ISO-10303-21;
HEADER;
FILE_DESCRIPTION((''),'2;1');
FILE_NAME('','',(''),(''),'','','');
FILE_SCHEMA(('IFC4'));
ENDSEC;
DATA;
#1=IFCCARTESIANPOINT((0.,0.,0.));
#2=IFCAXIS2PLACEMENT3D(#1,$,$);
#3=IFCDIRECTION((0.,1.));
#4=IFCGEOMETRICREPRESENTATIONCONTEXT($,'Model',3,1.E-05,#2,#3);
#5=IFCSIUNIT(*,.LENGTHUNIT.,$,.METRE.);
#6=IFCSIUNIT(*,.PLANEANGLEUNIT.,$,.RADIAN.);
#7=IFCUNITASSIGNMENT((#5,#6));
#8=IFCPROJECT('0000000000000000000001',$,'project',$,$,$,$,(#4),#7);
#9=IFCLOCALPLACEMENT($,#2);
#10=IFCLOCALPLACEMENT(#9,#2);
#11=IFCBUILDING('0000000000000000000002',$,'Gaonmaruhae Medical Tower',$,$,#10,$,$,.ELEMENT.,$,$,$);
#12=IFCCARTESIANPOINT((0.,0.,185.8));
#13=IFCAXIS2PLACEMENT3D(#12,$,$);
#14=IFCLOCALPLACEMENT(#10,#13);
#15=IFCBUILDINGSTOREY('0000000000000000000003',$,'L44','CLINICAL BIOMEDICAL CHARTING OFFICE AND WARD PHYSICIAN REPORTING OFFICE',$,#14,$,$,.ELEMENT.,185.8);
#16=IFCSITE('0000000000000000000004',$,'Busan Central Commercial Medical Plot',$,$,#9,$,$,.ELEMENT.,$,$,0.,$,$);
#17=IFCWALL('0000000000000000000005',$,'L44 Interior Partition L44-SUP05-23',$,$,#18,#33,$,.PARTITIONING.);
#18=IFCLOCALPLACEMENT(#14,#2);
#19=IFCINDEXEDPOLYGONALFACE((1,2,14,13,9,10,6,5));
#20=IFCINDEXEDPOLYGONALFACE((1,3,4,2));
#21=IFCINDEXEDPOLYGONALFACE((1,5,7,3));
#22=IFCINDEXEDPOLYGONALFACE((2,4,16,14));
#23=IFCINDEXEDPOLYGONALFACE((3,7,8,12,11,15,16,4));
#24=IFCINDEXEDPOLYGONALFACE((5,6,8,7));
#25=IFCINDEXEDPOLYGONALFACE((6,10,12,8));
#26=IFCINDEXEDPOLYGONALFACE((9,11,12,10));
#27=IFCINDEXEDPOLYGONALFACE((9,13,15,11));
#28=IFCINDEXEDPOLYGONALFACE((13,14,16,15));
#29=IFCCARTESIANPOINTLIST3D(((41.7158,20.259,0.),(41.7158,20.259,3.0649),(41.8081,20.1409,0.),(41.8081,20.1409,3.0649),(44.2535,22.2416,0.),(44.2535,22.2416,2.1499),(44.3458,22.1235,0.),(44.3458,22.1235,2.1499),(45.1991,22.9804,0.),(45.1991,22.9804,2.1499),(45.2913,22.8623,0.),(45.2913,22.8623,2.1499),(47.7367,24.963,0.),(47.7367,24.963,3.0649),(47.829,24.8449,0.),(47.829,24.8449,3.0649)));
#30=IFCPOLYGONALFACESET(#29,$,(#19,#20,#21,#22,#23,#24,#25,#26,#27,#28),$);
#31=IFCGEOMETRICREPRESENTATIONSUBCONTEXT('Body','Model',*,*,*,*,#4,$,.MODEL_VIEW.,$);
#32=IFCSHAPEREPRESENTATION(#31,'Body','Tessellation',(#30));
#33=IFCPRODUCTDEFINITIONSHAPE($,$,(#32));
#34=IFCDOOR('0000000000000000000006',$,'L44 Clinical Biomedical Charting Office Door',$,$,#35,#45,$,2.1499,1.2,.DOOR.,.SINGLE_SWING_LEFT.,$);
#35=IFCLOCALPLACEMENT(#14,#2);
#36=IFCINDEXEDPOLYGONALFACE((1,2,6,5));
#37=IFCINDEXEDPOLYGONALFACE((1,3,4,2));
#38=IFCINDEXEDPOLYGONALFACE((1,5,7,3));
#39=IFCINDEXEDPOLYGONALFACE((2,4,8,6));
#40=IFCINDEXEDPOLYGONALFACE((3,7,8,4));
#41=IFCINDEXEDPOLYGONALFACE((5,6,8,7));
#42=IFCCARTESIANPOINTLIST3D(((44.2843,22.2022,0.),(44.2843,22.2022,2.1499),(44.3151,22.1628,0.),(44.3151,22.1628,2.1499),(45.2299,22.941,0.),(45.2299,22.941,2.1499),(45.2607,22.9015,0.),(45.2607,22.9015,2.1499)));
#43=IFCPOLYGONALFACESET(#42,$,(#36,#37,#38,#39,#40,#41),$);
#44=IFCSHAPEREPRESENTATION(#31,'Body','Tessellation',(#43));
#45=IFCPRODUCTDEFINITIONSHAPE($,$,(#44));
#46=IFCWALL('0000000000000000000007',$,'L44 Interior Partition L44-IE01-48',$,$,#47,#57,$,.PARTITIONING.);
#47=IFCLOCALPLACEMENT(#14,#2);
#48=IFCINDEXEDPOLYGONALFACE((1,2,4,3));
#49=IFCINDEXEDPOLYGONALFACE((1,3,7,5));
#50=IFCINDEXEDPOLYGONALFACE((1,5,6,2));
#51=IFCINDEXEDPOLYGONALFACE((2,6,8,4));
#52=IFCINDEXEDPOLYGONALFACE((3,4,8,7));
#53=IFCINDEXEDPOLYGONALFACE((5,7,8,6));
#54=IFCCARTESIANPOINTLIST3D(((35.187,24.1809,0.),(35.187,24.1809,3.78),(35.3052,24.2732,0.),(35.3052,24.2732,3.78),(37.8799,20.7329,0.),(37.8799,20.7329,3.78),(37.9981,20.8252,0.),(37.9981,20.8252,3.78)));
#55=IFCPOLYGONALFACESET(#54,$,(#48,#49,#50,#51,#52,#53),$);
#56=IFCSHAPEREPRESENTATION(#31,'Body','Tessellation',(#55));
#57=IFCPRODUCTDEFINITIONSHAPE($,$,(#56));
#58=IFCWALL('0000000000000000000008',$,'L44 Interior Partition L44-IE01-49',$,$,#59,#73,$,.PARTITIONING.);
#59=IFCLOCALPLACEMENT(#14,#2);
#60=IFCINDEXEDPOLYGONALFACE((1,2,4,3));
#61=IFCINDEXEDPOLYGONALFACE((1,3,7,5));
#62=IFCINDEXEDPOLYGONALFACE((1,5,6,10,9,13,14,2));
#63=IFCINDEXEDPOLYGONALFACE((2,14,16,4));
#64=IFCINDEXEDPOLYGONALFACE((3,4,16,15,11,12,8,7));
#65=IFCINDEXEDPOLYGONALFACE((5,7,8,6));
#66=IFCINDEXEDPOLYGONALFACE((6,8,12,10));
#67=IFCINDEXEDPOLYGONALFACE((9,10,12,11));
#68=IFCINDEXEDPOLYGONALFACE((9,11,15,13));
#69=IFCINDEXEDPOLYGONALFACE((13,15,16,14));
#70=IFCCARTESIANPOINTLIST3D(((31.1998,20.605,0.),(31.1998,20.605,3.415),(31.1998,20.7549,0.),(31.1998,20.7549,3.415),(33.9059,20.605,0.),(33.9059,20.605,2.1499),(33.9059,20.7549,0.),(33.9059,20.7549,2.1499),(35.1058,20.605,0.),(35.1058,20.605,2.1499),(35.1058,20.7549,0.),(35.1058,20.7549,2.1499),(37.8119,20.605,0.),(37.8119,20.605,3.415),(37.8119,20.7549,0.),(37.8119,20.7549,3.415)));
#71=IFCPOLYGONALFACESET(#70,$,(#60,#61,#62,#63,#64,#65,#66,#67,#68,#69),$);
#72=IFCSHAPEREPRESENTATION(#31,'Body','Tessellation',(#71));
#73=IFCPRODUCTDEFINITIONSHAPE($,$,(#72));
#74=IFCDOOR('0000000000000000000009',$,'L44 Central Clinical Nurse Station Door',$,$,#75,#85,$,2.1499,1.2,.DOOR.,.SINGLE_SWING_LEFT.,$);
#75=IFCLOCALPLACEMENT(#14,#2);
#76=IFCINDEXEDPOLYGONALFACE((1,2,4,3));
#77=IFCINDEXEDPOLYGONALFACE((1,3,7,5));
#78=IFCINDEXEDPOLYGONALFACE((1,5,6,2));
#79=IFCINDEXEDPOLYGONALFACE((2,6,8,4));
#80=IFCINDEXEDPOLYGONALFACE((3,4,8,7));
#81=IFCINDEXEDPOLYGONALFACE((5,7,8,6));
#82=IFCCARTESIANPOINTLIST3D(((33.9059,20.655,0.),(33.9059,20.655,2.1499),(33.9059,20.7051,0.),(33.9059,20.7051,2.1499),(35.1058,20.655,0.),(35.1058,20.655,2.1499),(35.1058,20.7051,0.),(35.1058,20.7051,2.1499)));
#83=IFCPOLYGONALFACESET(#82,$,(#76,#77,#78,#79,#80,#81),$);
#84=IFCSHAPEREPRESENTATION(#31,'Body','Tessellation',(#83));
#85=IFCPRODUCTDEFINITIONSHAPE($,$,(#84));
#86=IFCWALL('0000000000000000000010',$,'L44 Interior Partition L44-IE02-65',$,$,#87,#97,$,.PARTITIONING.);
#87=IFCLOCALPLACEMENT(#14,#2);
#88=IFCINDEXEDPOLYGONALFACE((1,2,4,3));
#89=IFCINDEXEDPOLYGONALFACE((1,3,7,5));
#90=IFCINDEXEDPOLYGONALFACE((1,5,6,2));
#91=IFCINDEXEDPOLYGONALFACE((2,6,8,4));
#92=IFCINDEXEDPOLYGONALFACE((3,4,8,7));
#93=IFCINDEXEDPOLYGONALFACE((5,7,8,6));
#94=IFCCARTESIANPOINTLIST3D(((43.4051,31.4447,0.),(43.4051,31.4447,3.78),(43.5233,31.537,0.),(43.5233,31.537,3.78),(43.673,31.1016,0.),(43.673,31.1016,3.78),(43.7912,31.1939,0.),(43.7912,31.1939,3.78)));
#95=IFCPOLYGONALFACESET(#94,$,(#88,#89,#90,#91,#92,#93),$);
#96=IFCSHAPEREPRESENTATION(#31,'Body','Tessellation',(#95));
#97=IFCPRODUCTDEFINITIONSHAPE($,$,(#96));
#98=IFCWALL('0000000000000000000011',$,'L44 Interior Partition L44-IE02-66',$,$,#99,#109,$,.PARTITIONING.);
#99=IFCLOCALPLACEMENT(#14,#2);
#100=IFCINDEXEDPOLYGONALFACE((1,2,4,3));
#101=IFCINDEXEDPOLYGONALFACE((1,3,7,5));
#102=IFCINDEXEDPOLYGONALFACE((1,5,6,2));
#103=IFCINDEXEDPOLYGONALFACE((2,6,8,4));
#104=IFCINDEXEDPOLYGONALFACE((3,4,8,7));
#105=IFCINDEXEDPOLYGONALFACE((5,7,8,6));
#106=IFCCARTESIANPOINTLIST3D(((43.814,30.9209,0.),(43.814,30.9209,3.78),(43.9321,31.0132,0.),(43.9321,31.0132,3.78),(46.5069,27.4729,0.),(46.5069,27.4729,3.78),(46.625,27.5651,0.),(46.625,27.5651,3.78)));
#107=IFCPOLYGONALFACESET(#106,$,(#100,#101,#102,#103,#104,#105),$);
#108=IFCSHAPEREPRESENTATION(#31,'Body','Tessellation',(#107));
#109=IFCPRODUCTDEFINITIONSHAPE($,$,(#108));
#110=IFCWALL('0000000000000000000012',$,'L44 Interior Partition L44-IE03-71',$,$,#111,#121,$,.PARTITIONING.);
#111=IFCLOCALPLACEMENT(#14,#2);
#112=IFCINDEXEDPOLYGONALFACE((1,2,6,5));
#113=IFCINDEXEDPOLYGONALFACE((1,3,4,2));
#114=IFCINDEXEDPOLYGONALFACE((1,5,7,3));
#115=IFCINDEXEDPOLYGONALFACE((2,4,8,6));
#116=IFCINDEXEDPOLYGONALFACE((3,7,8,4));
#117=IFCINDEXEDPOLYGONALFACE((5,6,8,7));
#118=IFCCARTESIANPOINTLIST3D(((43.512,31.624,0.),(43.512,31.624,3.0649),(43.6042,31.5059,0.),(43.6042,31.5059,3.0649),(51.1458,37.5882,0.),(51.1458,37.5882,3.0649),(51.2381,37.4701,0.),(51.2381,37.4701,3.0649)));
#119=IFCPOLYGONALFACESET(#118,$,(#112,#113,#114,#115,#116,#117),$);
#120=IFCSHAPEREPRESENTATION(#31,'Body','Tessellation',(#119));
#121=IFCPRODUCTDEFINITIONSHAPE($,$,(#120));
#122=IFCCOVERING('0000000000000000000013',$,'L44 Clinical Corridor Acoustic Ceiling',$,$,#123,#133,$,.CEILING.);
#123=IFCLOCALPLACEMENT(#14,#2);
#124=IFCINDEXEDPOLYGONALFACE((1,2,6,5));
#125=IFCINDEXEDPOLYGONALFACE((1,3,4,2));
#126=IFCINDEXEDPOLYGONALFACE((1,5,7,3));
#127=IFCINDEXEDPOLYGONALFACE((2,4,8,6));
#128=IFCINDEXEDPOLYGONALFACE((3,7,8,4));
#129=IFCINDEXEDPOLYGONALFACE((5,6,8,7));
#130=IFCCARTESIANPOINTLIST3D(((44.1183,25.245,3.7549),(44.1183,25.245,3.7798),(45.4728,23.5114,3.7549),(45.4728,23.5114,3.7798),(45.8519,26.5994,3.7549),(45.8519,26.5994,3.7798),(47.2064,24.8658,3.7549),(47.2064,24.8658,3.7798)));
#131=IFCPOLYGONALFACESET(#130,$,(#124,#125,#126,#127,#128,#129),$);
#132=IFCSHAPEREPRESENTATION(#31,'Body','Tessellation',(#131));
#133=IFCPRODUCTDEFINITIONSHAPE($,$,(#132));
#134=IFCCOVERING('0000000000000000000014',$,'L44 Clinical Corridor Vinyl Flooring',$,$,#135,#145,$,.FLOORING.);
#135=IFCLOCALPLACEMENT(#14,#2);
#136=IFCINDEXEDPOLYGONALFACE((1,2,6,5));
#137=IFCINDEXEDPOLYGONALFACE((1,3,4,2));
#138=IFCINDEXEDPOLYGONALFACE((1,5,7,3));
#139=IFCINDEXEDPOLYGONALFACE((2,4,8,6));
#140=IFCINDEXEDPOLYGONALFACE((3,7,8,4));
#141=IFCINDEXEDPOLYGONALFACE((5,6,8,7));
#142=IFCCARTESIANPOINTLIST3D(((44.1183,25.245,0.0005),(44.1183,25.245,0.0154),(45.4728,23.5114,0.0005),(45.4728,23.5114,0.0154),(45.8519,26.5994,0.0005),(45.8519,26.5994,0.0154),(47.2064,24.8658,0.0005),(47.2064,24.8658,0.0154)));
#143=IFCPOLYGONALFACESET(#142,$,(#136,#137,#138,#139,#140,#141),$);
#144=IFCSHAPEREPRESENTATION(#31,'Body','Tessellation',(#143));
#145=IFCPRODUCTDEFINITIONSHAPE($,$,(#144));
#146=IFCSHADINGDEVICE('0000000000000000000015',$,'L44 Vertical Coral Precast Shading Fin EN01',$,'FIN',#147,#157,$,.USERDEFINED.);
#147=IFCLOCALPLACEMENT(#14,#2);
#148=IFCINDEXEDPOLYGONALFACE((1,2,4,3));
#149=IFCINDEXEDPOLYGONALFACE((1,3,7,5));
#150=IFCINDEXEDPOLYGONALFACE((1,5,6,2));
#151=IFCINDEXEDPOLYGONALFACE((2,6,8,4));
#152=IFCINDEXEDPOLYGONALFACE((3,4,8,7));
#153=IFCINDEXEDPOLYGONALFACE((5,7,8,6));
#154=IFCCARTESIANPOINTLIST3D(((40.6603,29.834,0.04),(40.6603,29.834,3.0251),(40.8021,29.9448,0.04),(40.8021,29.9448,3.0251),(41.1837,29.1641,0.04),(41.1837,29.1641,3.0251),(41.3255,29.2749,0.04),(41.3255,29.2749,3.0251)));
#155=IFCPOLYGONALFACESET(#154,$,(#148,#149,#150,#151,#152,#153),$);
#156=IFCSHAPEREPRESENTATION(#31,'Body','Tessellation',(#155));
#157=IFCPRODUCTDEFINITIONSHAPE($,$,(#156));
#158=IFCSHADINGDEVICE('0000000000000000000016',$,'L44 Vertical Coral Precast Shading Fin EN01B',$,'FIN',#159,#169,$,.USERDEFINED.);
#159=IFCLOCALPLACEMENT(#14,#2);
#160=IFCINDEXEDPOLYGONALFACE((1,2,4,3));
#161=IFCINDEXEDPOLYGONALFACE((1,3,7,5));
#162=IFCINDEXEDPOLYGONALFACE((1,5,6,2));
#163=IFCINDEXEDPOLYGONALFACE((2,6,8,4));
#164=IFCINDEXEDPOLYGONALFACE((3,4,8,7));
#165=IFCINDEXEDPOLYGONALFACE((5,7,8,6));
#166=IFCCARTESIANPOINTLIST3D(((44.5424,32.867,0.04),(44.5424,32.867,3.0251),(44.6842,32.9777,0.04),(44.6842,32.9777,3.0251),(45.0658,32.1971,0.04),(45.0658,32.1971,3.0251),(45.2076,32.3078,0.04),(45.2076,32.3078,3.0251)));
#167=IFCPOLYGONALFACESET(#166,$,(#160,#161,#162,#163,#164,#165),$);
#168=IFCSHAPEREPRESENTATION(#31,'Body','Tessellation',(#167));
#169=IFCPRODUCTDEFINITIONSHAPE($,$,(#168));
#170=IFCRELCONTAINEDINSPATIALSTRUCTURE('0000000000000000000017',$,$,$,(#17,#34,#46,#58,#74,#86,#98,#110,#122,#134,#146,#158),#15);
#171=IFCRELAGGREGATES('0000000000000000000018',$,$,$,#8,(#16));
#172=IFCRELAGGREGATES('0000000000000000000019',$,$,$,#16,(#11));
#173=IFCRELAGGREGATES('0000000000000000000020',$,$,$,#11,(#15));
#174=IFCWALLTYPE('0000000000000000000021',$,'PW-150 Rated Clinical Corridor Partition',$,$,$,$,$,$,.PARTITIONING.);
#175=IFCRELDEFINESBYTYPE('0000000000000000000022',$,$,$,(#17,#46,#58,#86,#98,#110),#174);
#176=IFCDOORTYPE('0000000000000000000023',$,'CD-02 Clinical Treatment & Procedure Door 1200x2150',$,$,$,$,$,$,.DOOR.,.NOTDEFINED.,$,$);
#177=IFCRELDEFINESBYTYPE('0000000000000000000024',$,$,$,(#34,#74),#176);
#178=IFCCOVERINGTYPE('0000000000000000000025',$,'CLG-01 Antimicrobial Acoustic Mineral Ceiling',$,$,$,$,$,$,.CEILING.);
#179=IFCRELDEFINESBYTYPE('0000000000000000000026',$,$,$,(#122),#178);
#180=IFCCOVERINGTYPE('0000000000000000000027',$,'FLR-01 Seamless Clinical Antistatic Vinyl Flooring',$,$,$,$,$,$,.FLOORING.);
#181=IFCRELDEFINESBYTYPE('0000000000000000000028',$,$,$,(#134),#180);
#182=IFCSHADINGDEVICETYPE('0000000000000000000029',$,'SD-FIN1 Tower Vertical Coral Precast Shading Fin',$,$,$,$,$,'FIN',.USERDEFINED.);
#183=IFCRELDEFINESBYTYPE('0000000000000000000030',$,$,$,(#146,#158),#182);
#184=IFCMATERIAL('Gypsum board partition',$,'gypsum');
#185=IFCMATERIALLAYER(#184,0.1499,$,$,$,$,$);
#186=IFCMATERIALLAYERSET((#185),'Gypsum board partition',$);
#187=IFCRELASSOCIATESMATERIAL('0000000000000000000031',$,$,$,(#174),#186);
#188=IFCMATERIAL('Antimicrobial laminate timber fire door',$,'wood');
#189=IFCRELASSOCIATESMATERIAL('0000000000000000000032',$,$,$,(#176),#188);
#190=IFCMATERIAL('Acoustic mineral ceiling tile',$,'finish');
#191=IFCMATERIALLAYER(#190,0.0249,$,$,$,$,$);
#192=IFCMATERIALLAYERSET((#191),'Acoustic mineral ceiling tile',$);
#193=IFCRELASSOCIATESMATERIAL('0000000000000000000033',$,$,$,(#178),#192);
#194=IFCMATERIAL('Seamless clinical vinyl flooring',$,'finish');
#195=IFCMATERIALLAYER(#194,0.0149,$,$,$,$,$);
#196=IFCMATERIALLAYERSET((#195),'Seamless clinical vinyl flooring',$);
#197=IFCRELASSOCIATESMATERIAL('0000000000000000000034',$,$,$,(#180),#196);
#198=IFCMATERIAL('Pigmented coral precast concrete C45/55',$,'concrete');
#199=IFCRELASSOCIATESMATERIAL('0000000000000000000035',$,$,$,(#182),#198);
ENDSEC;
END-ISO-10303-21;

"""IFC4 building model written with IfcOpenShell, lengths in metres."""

from ifc_helpers import new_model, si_unit, direction, frame, frame_2d, origin, origin_2d, place, context, subcontext, project, spatial, rectangle, extrude, material, layer, layer_set, type_object, element, fill, save


model = new_model("IFC4")

# Units and contexts
model_context = context("Model", 3, precision=1e-05, world=origin(), true_north=direction((0.0, 1.0)))
body_context = subcontext(model_context, "Body", "Model", "MODEL_VIEW")
ifc_project = project(units=[si_unit("LENGTHUNIT", "METRE"), si_unit("PLANEANGLEUNIT", "RADIAN")], contexts=[model_context])

# Site, building, storey
site_placement = place(None, origin())
site = spatial("IfcSite", under=ifc_project, at=site_placement, Name="Busan Central Commercial Medical Plot", CompositionType="ELEMENT", RefElevation=0.0)
building_placement = place(site_placement, origin())
building = spatial("IfcBuilding", under=site, at=building_placement, Name="Gaonmaruhae Medical Tower", CompositionType="ELEMENT")
storey_placement = place(building_placement, frame((0.0, 0.0, 185.8)))
storey = spatial("IfcBuildingStorey", under=building, at=storey_placement, Name="L44", Description="CLINICAL BIOMEDICAL CHARTING OFFICE AND WARD PHYSICIAN REPORTING OFFICE", CompositionType="ELEMENT", Elevation=185.8)

# Shared definitions
ifc_material_1 = material(Name="Gypsum board partition", Category="gypsum")
ifc_layer_1 = layer(ifc_material_1, 0.1499)
ifc_layer_set_1 = layer_set([ifc_layer_1], Name="Gypsum board partition")
wall_type_1 = type_object("IfcWallType", Name="PW-150 Rated Clinical Corridor Partition", PredefinedType="PARTITIONING", material=ifc_layer_set_1)

# Wall, opening, door
wall_1_placement = place(storey_placement, frame((41.762, 20.2, 0.0), z_axis=(0.0, 0.0, 1.0), x_axis=(0.788012, 0.61566, 0.0)))
wall_1 = element("IfcWall", 1, at=wall_1_placement, inside=storey, type_object=wall_type_1, Name="L44 Interior Partition L44-SUP05-23", PredefinedType="PARTITIONING", context=body_context, shape_type="SweptSolid", body=[
    extrude(rectangle(XDim=7.6406, YDim=0.1499, at=frame_2d((3.8203, 0.0))), origin(), (0.0, 0.0, 1.0), 3.0649),
])
opening_1_placement = place(wall_1_placement, frame((3.2202, 0.0, 0.0)))
opening_1 = element("IfcOpeningElement", 2, at=opening_1_placement, cuts=wall_1, PredefinedType="OPENING", context=body_context, shape_type="SweptSolid", body=[
    extrude(rectangle(XDim=1.2, YDim=2.1499, at=frame_2d((0.6001, 1.075))), frame((0.0, 0.085, 0.0), z_axis=(0.0, -1.0, 0.0), x_axis=(1.0, 0.0, 0.0)), (0.0, 0.0, 1.0), 0.1699),
])
ifc_material_2 = material(Name="Antimicrobial laminate timber fire door", Category="wood")
door_type = type_object("IfcDoorType", Name="CD-02 Clinical Treatment & Procedure Door 1200x2150", OperationType="NOTDEFINED", PredefinedType="DOOR", material=ifc_material_2)
door_1_placement = place(opening_1_placement, origin())
door_1 = element("IfcDoor", 3, at=door_1_placement, inside=storey, type_object=door_type, Name="L44 Clinical Biomedical Charting Office Door", OperationType="SINGLE_SWING_LEFT", OverallHeight=2.1499, OverallWidth=1.2, PredefinedType="DOOR", context=body_context, shape_type="SweptSolid", body=[
    extrude(rectangle(XDim=1.2, YDim=2.1499, at=frame_2d((0.6001, 1.075))), frame((0.0, 0.0249, 0.0), z_axis=(0.0, -1.0, 0.0), x_axis=(1.0, 0.0, 0.0)), (0.0, 0.0, 1.0), 0.05),
])
fill(opening_1, door_1)

# Wall
wall_2_placement = place(storey_placement, frame((35.2461, 24.2271, 0.0), z_axis=(0.0, 0.0, 1.0), x_axis=(0.615519, -0.788122, 0.0)))
element("IfcWall", 4, at=wall_2_placement, inside=storey, type_object=wall_type_1, Name="L44 Interior Partition L44-IE01-48", PredefinedType="PARTITIONING", context=body_context, shape_type="SweptSolid", body=[
    extrude(rectangle(XDim=4.375, YDim=0.1499, at=frame_2d((2.1875, 0.0))), origin(), (0.0, 0.0, 1.0), 3.78),
])

# Wall, opening, door
wall_3_placement = place(storey_placement, frame((37.812, 20.6799, 0.0), z_axis=(0.0, 0.0, 1.0), x_axis=(-1.0, 0.0, 0.0)))
wall_3 = element("IfcWall", 5, at=wall_3_placement, inside=storey, type_object=wall_type_1, Name="L44 Interior Partition L44-IE01-49", PredefinedType="PARTITIONING", context=body_context, shape_type="SweptSolid", body=[
    extrude(rectangle(XDim=6.6121, YDim=0.1499, at=frame_2d((3.3062, 0.0))), origin(), (0.0, 0.0, 1.0), 3.415),
])
opening_2_placement = place(wall_3_placement, frame((2.7061, 0.0, 0.0)))
opening_2 = element("IfcOpeningElement", 6, at=opening_2_placement, cuts=wall_3, PredefinedType="OPENING", context=body_context, shape_type="SweptSolid", body=[
    extrude(rectangle(XDim=1.2, YDim=2.1499, at=frame_2d((0.6001, 1.075))), frame((0.0, 0.085, 0.0), z_axis=(0.0, -1.0, 0.0), x_axis=(1.0, 0.0, 0.0)), (0.0, 0.0, 1.0), 0.1699),
])
door_2_placement = place(opening_2_placement, origin())
door_2 = element("IfcDoor", 7, at=door_2_placement, inside=storey, type_object=door_type, Name="L44 Central Clinical Nurse Station Door", OperationType="SINGLE_SWING_LEFT", OverallHeight=2.1499, OverallWidth=1.2, PredefinedType="DOOR", context=body_context, shape_type="SweptSolid", body=[
    extrude(rectangle(XDim=1.2, YDim=2.1499, at=frame_2d((0.6001, 1.075))), frame((0.0, 0.0249, 0.0), z_axis=(0.0, -1.0, 0.0), x_axis=(1.0, 0.0, 0.0)), (0.0, 0.0, 1.0), 0.05),
])
fill(opening_2, door_2)

# Walls
wall_4_placement = place(storey_placement, frame((43.4641, 31.491, 0.0), z_axis=(0.0, 0.0, 1.0), x_axis=(0.615415, -0.788203, 0.0)))
element("IfcWall", 8, at=wall_4_placement, inside=storey, type_object=wall_type_1, Name="L44 Interior Partition L44-IE02-65", PredefinedType="PARTITIONING", context=body_context, shape_type="SweptSolid", body=[
    extrude(rectangle(XDim=0.4353, YDim=0.1499, at=frame_2d((0.2178, 0.0))), origin(), (0.0, 0.0, 1.0), 3.78),
])
wall_5_placement = place(storey_placement, frame((43.873, 30.967, 0.0), z_axis=(0.0, 0.0, 1.0), x_axis=(0.615519, -0.788122, 0.0)))
element("IfcWall", 9, at=wall_5_placement, inside=storey, type_object=wall_type_1, Name="L44 Interior Partition L44-IE02-66", PredefinedType="PARTITIONING", context=body_context, shape_type="SweptSolid", body=[
    extrude(rectangle(XDim=4.375, YDim=0.1499, at=frame_2d((2.1875, 0.0))), origin(), (0.0, 0.0, 1.0), 3.78),
])
wall_6_placement = place(storey_placement, frame((43.5581, 31.5649, 0.0), z_axis=(0.0, 0.0, 1.0), x_axis=(0.788014, 0.615658, 0.0)))
element("IfcWall", 10, at=wall_6_placement, inside=storey, type_object=wall_type_1, Name="L44 Interior Partition L44-IE03-71", PredefinedType="PARTITIONING", context=body_context, shape_type="SweptSolid", body=[
    extrude(rectangle(XDim=9.6875, YDim=0.1499, at=frame_2d((4.8438, 0.0))), origin(), (0.0, 0.0, 1.0), 3.0649),
])

# Coverings
ifc_material_3 = material(Name="Acoustic mineral ceiling tile", Category="finish")
ifc_layer_2 = layer(ifc_material_3, 0.0249)
ifc_layer_set_2 = layer_set([ifc_layer_2], Name="Acoustic mineral ceiling tile")
covering_type_1 = type_object("IfcCoveringType", Name="CLG-01 Antimicrobial Acoustic Mineral Ceiling", PredefinedType="CEILING", material=ifc_layer_set_2)
covering_1_placement = place(storey_placement, frame((45.6624, 25.0554, 3.7549), z_axis=(0.0, 0.0, 1.0), x_axis=(0.788011, 0.615661, 0.0)))
element("IfcCovering", 11, at=covering_1_placement, inside=storey, type_object=covering_type_1, Name="L44 Clinical Corridor Acoustic Ceiling", PredefinedType="CEILING", context=body_context, shape_type="SweptSolid", body=[
    extrude(rectangle(XDim=2.2, YDim=2.2, at=origin_2d()), origin(), (0.0, 0.0, 1.0), 0.0249),
])
ifc_material_4 = material(Name="Seamless clinical vinyl flooring", Category="finish")
ifc_layer_3 = layer(ifc_material_4, 0.0149)
ifc_layer_set_3 = layer_set([ifc_layer_3], Name="Seamless clinical vinyl flooring")
covering_type_2 = type_object("IfcCoveringType", Name="FLR-01 Seamless Clinical Antistatic Vinyl Flooring", PredefinedType="FLOORING", material=ifc_layer_set_3)
covering_2_placement = place(storey_placement, frame((45.6624, 25.0554, 0.0005), z_axis=(0.0, 0.0, 1.0), x_axis=(0.788011, 0.615661, 0.0)))
element("IfcCovering", 12, at=covering_2_placement, inside=storey, type_object=covering_type_2, Name="L44 Clinical Corridor Vinyl Flooring", PredefinedType="FLOORING", context=body_context, shape_type="SweptSolid", body=[
    extrude(rectangle(XDim=2.2, YDim=2.2, at=origin_2d()), origin(), (0.0, 0.0, 1.0), 0.0149),
])

# Shading devices
ifc_material_5 = material(Name="Pigmented coral precast concrete C45/55", Category="concrete")
shading_device_type = type_object("IfcShadingDeviceType", Name="SD-FIN1 Tower Vertical Coral Precast Shading Fin", ElementType="FIN", PredefinedType="USERDEFINED", material=ifc_material_5)
for number, where, z_axis, x_axis, name in (
    (13, (40.9929, 29.5544, 0.04), (0.0, 0.0, 1.0), (0.788011, 0.615661, 0.0), "L44 Vertical Coral Precast Shading Fin EN01"),
    (14, (44.875, 32.5874, 0.04), (0.0, 0.0, 1.0), (0.788011, 0.615661, 0.0), "L44 Vertical Coral Precast Shading Fin EN01B"),
):
    element("IfcShadingDevice", number, at=place(storey_placement, frame(where, z_axis=z_axis, x_axis=x_axis)), inside=storey, type_object=shading_device_type, Name=name, ObjectType="FIN", PredefinedType="USERDEFINED", context=body_context, shape_type="SweptSolid", body=[
        extrude(rectangle(XDim=0.1799, YDim=0.8501, at=origin_2d()), origin(), (0.0, 0.0, 1.0), 2.9851),
    ])

save(model, "model.ifc")
